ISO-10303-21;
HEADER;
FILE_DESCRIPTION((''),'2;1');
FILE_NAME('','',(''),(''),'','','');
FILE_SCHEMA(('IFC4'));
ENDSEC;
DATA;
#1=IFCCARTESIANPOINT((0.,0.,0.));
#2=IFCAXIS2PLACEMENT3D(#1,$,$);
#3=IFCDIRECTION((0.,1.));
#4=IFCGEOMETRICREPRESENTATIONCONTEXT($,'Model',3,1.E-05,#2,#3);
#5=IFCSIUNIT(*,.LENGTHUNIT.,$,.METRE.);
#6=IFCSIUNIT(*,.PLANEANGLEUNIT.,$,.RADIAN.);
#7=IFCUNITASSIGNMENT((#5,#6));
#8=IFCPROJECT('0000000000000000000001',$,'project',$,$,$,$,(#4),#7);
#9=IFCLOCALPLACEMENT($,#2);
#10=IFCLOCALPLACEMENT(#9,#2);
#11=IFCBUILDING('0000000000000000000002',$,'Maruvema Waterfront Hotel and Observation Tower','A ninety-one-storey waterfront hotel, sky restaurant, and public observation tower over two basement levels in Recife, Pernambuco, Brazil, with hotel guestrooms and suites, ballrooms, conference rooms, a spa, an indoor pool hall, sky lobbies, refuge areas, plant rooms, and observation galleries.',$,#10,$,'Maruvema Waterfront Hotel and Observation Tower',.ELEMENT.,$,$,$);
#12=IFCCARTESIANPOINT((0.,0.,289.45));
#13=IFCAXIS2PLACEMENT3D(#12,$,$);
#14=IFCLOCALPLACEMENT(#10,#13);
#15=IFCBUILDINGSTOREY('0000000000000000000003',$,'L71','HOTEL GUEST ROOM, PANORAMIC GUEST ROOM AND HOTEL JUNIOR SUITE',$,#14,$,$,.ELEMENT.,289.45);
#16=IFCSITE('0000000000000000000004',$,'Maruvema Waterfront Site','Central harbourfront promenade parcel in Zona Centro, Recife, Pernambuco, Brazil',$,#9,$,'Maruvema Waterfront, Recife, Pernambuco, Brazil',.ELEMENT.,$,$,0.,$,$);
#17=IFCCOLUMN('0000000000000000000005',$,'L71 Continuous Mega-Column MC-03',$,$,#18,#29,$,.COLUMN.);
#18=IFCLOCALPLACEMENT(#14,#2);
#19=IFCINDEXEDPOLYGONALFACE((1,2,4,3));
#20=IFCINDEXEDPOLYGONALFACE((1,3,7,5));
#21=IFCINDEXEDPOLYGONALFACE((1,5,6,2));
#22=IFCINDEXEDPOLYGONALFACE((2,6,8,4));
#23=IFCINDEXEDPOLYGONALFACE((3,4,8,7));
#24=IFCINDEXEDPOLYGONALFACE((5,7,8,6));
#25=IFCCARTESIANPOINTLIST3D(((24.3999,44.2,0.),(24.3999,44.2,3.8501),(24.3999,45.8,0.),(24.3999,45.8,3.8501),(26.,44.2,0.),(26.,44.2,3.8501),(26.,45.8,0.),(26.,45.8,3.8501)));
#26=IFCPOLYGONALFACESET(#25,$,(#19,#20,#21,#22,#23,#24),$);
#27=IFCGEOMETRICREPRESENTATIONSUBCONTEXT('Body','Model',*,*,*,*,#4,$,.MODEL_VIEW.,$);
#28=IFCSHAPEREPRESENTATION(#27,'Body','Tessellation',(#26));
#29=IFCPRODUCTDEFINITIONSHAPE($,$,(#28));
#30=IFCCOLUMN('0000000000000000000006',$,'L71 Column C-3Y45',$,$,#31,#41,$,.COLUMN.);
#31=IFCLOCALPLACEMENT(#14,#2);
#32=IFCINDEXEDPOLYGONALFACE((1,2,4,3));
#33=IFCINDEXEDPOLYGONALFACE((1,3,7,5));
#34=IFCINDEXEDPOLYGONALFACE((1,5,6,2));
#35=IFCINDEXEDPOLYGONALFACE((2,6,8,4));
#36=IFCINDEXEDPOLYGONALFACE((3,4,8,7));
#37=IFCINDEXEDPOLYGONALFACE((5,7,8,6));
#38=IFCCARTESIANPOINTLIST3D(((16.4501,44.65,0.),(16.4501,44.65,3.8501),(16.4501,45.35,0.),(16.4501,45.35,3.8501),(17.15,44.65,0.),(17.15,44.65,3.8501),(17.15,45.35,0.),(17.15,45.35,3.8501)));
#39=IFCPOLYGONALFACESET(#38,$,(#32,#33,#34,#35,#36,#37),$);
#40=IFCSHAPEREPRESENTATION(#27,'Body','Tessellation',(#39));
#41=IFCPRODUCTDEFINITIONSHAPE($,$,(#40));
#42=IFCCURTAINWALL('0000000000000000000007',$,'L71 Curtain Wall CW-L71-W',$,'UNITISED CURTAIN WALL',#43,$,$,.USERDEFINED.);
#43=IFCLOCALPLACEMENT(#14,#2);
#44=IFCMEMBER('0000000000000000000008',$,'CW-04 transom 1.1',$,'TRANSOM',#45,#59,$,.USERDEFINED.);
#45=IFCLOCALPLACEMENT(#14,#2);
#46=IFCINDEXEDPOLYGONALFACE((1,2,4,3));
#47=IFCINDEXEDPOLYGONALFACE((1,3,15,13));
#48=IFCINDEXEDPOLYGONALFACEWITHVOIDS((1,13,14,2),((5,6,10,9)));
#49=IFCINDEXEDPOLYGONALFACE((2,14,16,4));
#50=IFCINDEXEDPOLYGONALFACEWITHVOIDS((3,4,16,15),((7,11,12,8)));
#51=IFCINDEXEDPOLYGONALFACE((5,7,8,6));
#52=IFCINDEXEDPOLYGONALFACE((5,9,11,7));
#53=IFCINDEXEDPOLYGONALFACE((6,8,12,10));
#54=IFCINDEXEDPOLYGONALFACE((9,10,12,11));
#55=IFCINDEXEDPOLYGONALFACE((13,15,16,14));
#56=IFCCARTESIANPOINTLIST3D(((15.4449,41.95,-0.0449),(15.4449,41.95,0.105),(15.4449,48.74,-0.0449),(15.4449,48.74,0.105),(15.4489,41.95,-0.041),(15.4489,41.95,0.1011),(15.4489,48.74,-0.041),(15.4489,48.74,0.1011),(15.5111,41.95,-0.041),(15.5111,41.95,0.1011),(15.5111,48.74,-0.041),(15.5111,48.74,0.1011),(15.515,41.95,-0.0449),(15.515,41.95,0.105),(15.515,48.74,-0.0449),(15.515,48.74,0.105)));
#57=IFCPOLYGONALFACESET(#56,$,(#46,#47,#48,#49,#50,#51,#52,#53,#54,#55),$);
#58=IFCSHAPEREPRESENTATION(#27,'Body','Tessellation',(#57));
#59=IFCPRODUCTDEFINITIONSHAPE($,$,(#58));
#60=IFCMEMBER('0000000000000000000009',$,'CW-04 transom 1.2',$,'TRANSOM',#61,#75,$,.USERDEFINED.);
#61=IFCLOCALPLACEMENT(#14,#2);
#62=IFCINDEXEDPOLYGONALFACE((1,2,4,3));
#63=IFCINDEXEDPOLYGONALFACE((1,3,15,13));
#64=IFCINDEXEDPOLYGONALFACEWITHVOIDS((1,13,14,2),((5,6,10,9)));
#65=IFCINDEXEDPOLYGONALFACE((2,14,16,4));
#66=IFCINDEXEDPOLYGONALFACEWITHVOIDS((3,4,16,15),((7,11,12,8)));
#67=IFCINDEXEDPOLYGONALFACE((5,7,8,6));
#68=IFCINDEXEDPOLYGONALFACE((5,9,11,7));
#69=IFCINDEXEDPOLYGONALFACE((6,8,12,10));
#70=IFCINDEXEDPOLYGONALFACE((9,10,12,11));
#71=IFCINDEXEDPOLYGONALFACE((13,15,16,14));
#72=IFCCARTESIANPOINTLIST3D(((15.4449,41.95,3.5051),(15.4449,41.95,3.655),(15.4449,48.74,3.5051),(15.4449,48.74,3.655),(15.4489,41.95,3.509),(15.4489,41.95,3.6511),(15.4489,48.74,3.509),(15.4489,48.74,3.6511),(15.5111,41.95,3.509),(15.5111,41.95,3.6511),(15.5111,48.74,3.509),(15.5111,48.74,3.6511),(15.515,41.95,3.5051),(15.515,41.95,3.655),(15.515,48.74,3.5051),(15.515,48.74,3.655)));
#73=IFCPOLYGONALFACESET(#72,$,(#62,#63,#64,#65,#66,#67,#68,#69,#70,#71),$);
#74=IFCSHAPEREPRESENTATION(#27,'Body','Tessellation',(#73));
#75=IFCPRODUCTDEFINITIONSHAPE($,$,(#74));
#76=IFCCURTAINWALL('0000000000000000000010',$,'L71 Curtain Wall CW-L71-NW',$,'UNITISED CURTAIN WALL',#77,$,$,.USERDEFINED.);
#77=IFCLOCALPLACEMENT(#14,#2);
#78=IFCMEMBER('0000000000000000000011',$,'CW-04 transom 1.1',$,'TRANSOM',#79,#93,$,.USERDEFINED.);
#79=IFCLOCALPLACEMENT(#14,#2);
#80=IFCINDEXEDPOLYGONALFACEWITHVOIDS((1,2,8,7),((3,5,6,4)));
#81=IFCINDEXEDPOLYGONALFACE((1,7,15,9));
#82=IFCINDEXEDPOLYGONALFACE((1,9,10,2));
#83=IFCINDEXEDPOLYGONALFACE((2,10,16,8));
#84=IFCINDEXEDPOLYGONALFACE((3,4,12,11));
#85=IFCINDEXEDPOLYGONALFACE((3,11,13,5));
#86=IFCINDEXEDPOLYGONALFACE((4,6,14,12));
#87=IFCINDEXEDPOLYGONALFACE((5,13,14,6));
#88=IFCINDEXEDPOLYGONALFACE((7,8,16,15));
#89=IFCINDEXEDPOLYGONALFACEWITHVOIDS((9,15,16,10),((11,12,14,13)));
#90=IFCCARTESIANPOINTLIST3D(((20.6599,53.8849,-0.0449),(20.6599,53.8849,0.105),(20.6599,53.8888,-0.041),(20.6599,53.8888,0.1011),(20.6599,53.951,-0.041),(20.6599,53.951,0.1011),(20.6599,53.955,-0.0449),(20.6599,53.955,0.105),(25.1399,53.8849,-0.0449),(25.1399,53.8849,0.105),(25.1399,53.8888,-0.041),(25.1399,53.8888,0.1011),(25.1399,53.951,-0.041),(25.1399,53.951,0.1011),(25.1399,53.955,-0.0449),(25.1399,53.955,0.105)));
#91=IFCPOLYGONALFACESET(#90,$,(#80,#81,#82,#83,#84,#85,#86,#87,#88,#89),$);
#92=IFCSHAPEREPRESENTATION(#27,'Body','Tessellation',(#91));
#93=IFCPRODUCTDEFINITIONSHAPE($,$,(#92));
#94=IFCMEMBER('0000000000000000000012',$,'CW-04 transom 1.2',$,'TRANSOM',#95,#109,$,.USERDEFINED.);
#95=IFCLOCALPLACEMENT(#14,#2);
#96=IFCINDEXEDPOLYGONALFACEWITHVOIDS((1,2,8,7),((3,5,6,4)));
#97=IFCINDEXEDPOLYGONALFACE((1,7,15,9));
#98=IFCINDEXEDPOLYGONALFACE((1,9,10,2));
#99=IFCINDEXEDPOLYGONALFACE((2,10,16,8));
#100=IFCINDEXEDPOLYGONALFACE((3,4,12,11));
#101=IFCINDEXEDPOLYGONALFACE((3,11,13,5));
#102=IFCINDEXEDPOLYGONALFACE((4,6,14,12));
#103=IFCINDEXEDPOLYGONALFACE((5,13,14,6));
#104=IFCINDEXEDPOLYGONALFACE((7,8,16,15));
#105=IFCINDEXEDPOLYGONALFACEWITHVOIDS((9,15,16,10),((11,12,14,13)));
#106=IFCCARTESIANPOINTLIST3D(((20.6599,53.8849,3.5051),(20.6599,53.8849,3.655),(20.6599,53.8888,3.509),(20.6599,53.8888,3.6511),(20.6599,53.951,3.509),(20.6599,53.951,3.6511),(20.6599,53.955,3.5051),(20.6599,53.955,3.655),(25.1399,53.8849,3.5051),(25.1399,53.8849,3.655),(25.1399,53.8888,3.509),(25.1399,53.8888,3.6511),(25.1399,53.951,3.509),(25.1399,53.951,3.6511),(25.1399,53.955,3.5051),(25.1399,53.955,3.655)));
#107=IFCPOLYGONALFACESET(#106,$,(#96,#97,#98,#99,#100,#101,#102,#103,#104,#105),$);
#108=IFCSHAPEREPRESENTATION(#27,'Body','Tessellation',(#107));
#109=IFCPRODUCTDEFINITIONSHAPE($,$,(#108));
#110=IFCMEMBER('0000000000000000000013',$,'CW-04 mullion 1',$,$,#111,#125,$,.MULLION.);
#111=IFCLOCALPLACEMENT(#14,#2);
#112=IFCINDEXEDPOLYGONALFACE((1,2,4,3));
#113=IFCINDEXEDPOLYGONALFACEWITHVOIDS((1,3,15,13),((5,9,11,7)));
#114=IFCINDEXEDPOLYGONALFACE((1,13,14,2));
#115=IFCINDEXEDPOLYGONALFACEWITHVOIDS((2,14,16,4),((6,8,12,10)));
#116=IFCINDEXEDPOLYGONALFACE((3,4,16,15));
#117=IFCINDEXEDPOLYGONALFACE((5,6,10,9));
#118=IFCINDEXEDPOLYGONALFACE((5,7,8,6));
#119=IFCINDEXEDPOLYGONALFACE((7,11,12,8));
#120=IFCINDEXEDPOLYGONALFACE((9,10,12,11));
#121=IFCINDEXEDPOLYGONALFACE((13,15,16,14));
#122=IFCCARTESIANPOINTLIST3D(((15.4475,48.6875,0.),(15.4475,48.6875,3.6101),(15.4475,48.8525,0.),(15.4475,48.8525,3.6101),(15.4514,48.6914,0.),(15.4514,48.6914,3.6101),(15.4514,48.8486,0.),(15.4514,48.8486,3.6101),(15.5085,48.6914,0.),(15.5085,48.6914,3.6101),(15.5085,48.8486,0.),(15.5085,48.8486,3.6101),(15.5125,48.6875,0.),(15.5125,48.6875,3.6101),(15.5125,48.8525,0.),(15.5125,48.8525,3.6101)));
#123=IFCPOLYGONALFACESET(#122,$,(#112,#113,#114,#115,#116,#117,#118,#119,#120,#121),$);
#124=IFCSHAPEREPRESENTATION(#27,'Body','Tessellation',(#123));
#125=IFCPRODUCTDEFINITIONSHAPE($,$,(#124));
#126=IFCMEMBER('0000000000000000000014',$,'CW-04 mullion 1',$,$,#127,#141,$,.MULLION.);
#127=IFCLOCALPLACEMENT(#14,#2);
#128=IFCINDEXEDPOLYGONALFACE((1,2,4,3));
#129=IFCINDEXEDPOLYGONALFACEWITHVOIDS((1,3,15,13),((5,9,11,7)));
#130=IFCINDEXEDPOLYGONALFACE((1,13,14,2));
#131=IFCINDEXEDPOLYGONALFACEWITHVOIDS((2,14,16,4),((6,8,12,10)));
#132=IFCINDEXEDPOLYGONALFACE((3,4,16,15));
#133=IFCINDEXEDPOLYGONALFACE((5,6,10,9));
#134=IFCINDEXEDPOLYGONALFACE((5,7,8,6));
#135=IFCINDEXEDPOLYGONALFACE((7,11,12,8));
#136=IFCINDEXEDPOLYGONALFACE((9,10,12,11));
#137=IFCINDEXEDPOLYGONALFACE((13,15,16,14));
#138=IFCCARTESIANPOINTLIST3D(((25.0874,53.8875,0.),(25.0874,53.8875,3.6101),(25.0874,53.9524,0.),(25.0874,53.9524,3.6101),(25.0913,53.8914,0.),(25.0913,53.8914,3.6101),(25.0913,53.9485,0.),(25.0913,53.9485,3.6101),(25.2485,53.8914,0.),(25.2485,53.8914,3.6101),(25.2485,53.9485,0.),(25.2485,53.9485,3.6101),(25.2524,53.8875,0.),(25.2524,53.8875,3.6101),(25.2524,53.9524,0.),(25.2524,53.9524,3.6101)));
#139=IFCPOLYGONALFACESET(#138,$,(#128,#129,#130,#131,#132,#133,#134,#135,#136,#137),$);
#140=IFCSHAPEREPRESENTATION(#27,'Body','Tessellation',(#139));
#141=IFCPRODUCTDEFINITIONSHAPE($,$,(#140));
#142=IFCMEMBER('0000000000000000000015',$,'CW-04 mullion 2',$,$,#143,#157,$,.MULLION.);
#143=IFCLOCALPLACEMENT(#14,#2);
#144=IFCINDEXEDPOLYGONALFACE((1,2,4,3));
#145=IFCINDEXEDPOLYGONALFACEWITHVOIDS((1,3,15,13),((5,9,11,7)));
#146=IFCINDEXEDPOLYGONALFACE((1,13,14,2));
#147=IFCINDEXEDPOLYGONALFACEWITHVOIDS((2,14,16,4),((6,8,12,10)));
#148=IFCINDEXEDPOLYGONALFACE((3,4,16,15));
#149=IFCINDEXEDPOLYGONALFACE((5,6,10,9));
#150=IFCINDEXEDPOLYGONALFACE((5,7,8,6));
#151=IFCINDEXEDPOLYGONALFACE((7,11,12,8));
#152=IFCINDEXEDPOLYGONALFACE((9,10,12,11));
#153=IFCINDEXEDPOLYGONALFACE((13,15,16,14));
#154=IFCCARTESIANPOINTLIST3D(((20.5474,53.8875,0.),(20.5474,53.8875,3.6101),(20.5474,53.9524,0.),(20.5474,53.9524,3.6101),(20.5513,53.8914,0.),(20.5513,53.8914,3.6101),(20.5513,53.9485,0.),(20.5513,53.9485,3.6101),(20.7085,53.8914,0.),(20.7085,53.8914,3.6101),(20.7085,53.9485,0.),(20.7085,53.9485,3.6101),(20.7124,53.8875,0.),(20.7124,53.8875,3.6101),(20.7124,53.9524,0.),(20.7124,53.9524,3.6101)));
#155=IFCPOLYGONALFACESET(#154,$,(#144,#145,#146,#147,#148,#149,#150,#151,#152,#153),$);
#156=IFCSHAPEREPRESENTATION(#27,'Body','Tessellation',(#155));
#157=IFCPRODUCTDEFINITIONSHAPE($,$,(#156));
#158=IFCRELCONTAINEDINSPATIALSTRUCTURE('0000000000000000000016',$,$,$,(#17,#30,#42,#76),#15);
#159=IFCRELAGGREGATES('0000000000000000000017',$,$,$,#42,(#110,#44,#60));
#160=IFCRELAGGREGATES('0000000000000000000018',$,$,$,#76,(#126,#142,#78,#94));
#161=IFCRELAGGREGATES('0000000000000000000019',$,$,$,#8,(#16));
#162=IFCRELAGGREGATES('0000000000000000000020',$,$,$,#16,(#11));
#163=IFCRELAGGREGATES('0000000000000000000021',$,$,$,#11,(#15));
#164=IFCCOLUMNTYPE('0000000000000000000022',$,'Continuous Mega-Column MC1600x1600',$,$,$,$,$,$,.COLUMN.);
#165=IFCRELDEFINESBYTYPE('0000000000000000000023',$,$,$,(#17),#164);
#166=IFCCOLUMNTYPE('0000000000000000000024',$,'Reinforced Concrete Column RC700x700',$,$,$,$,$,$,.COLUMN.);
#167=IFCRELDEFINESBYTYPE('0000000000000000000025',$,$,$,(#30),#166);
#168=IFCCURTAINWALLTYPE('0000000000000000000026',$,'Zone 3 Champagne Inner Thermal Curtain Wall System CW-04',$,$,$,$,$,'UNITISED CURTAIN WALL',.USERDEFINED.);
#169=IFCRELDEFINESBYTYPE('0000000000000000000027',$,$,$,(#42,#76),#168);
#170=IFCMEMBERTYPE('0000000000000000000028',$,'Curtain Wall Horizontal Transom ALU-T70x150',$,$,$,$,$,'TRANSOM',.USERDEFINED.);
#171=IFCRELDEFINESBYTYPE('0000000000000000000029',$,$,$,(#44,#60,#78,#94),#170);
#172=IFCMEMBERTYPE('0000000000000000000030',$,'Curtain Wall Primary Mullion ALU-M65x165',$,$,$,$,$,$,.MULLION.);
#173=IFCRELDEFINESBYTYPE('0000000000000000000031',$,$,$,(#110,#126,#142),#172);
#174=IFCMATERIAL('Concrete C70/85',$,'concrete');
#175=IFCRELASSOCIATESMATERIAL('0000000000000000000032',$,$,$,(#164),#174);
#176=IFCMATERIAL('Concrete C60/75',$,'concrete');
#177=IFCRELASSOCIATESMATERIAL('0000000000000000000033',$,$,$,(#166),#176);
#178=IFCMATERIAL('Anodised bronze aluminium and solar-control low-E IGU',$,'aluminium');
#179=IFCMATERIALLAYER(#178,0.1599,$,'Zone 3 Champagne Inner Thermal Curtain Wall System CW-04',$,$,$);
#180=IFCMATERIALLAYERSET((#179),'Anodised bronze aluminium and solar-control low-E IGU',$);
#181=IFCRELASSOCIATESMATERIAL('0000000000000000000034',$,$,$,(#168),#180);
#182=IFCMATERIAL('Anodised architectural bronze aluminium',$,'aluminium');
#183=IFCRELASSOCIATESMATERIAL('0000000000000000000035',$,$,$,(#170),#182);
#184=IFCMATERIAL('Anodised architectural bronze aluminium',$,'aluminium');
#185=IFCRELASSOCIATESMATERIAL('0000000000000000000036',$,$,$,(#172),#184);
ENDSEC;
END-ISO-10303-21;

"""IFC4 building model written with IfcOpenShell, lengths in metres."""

from ifc_helpers import new_model, si_unit, direction, frame, origin, origin_2d, place, context, subcontext, project, spatial, rectangle, hollow_rectangle, extrude, material, layer, layer_set, material_profile, profile_set, type_object, element, aggregate, save


model = new_model("IFC4")

# Units and contexts
model_context = context("Model", 3, precision=1e-05, world=origin(), true_north=direction((0.0, 1.0)))
body_context = subcontext(model_context, "Body", "Model", "MODEL_VIEW")
ifc_project = project(units=[si_unit("LENGTHUNIT", "METRE"), si_unit("PLANEANGLEUNIT", "RADIAN")], contexts=[model_context])

# Site, building, storey
site_placement = place(None, origin())
site = spatial("IfcSite", under=ifc_project, at=site_placement, Name="Maruvema Waterfront Site", Description="Central harbourfront promenade parcel in Zona Centro, Recife, Pernambuco, Brazil", LongName="Maruvema Waterfront, Recife, Pernambuco, Brazil", CompositionType="ELEMENT", RefElevation=0.0)
building_placement = place(site_placement, origin())
building = spatial("IfcBuilding", under=site, at=building_placement, Name="Maruvema Waterfront Hotel and Observation Tower", Description="A ninety-one-storey waterfront hotel, sky restaurant, and public observation tower over two basement levels in Recife, Pernambuco, Brazil, with hotel guestrooms and suites, ballrooms, conference rooms, a spa, an indoor pool hall, sky lobbies, refuge areas, plant rooms, and observation galleries.", LongName="Maruvema Waterfront Hotel and Observation Tower", CompositionType="ELEMENT")
storey_placement = place(building_placement, frame((0.0, 0.0, 289.45)))
storey = spatial("IfcBuildingStorey", under=building, at=storey_placement, Name="L71", Description="HOTEL GUEST ROOM, PANORAMIC GUEST ROOM AND HOTEL JUNIOR SUITE", CompositionType="ELEMENT", Elevation=289.45)

# Columns
ifc_material_1 = material(Name="Concrete C70/85", Category="concrete")
ifc_material_profile_1 = material_profile(ifc_material_1, rectangle(XDim=1.6001, YDim=1.6001, at=origin_2d()), Name="MC1600x1600")
ifc_profile_set_1 = profile_set([ifc_material_profile_1], Name="Concrete C70/85")
column_type_1 = type_object("IfcColumnType", Name="Continuous Mega-Column MC1600x1600", PredefinedType="COLUMN", material=ifc_profile_set_1)
column_1_placement = place(storey_placement, frame((25.2, 45.0, 0.0), z_axis=(0.0, 0.0, 1.0), x_axis=(1.0, 0.0, 0.0)))
element("IfcColumn", 1, at=column_1_placement, inside=storey, type_object=column_type_1, Name="L71 Continuous Mega-Column MC-03", PredefinedType="COLUMN", context=body_context, shape_type="SweptSolid", body=[
    extrude(rectangle(XDim=1.6001, YDim=1.6001, at=origin_2d()), origin(), (0.0, 0.0, 1.0), 3.8501),
])
ifc_material_2 = material(Name="Concrete C60/75", Category="concrete")
ifc_material_profile_2 = material_profile(ifc_material_2, rectangle(XDim=0.7, YDim=0.7, at=origin_2d()), Name="RC700x700")
ifc_profile_set_2 = profile_set([ifc_material_profile_2], Name="Concrete C60/75")
column_type_2 = type_object("IfcColumnType", Name="Reinforced Concrete Column RC700x700", PredefinedType="COLUMN", material=ifc_profile_set_2)
column_2_placement = place(storey_placement, frame((16.8, 45.0, 0.0), z_axis=(0.0, 0.0, 1.0), x_axis=(1.0, 0.0, 0.0)))
element("IfcColumn", 2, at=column_2_placement, inside=storey, type_object=column_type_2, Name="L71 Column C-3Y45", PredefinedType="COLUMN", context=body_context, shape_type="SweptSolid", body=[
    extrude(rectangle(XDim=0.7, YDim=0.7, at=origin_2d()), origin(), (0.0, 0.0, 1.0), 3.8501),
])

# Curtain walls, members
ifc_material_3 = material(Name="Anodised bronze aluminium and solar-control low-E IGU", Category="aluminium")
ifc_layer_1 = layer(ifc_material_3, 0.1599, Name="Zone 3 Champagne Inner Thermal Curtain Wall System CW-04")
ifc_layer_set_1 = layer_set([ifc_layer_1], Name="Anodised bronze aluminium and solar-control low-E IGU")
curtain_wall_type = type_object("IfcCurtainWallType", Name="Zone 3 Champagne Inner Thermal Curtain Wall System CW-04", ElementType="UNITISED CURTAIN WALL", PredefinedType="USERDEFINED", material=ifc_layer_set_1)
curtain_wall_1_placement = place(storey_placement, origin())
curtain_wall_1 = element("IfcCurtainWall", 3, at=curtain_wall_1_placement, inside=storey, type_object=curtain_wall_type, Name="L71 Curtain Wall CW-L71-W", ObjectType="UNITISED CURTAIN WALL", PredefinedType="USERDEFINED")
ifc_material_4 = material(Name="Anodised architectural bronze aluminium", Category="aluminium")
ifc_material_profile_3 = material_profile(ifc_material_4, hollow_rectangle(XDim=0.0701, YDim=0.1499, WallThickness=0.0039, at=origin_2d()), Name="ALU-T70x150")
ifc_profile_set_3 = profile_set([ifc_material_profile_3], Name="Anodised architectural bronze aluminium")
member_type_1 = type_object("IfcMemberType", Name="Curtain Wall Horizontal Transom ALU-T70x150", ElementType="TRANSOM", PredefinedType="USERDEFINED", material=ifc_profile_set_3)
member_1_placement = place(storey_placement, frame((15.48, 48.74, 0.03), z_axis=(0.0, -1.0, 0.0), x_axis=(1.0, 0.0, 0.0)))
member_1 = element("IfcMember", 4, at=member_1_placement, type_object=member_type_1, Name="CW-04 transom 1.1", ObjectType="TRANSOM", PredefinedType="USERDEFINED", context=body_context, shape_type="SweptSolid", body=[
    extrude(hollow_rectangle(XDim=0.0701, YDim=0.1499, WallThickness=0.0039, at=origin_2d()), origin(), (0.0, 0.0, 1.0), 6.79),
])
member_2_placement = place(storey_placement, frame((15.48, 48.74, 3.5801), z_axis=(0.0, -1.0, 0.0), x_axis=(1.0, 0.0, 0.0)))
member_2 = element("IfcMember", 5, at=member_2_placement, type_object=member_type_1, Name="CW-04 transom 1.2", ObjectType="TRANSOM", PredefinedType="USERDEFINED", context=body_context, shape_type="SweptSolid", body=[
    extrude(hollow_rectangle(XDim=0.0701, YDim=0.1499, WallThickness=0.0039, at=origin_2d()), origin(), (0.0, 0.0, 1.0), 6.79),
])
curtain_wall_2_placement = place(storey_placement, origin())
curtain_wall_2 = element("IfcCurtainWall", 6, at=curtain_wall_2_placement, inside=storey, type_object=curtain_wall_type, Name="L71 Curtain Wall CW-L71-NW", ObjectType="UNITISED CURTAIN WALL", PredefinedType="USERDEFINED")
member_3_placement = place(storey_placement, frame((25.1399, 53.9199, 0.03), z_axis=(-1.0, 0.0, 0.0), x_axis=(0.0, -1.0, 0.0)))
member_3 = element("IfcMember", 7, at=member_3_placement, type_object=member_type_1, Name="CW-04 transom 1.1", ObjectType="TRANSOM", PredefinedType="USERDEFINED", context=body_context, shape_type="SweptSolid", body=[
    extrude(hollow_rectangle(XDim=0.0701, YDim=0.1499, WallThickness=0.0039, at=origin_2d()), origin(), (0.0, 0.0, 1.0), 4.48),
])
member_4_placement = place(storey_placement, frame((25.1399, 53.9199, 3.5801), z_axis=(-1.0, 0.0, 0.0), x_axis=(0.0, -1.0, 0.0)))
member_4 = element("IfcMember", 8, at=member_4_placement, type_object=member_type_1, Name="CW-04 transom 1.2", ObjectType="TRANSOM", PredefinedType="USERDEFINED", context=body_context, shape_type="SweptSolid", body=[
    extrude(hollow_rectangle(XDim=0.0701, YDim=0.1499, WallThickness=0.0039, at=origin_2d()), origin(), (0.0, 0.0, 1.0), 4.48),
])

# Members
ifc_material_5 = material(Name="Anodised architectural bronze aluminium", Category="aluminium")
ifc_material_profile_4 = material_profile(ifc_material_5, hollow_rectangle(XDim=0.0649, YDim=0.165, WallThickness=0.0039, at=origin_2d()), Name="ALU-M65x165")
ifc_profile_set_4 = profile_set([ifc_material_profile_4], Name="Anodised architectural bronze aluminium")
member_type_2 = type_object("IfcMemberType", Name="Curtain Wall Primary Mullion ALU-M65x165", PredefinedType="MULLION", material=ifc_profile_set_4)
member_5_placement = place(storey_placement, frame((15.48, 48.77, 0.0), z_axis=(0.0, 0.0, 1.0), x_axis=(1.0, 0.0, 0.0)))
member_5 = element("IfcMember", 9, at=member_5_placement, type_object=member_type_2, Name="CW-04 mullion 1", PredefinedType="MULLION", context=body_context, shape_type="SweptSolid", body=[
    extrude(hollow_rectangle(XDim=0.0649, YDim=0.165, WallThickness=0.0039, at=origin_2d()), origin(), (0.0, 0.0, 1.0), 3.6101),
])
member_6_placement = place(storey_placement, frame((25.1699, 53.9199, 0.0), z_axis=(0.0, 0.0, 1.0), x_axis=(0.0, -1.0, 0.0)))
member_6 = element("IfcMember", 10, at=member_6_placement, type_object=member_type_2, Name="CW-04 mullion 1", PredefinedType="MULLION", context=body_context, shape_type="SweptSolid", body=[
    extrude(hollow_rectangle(XDim=0.0649, YDim=0.165, WallThickness=0.0039, at=origin_2d()), origin(), (0.0, 0.0, 1.0), 3.6101),
])
member_7_placement = place(storey_placement, frame((20.6299, 53.9199, 0.0), z_axis=(0.0, 0.0, 1.0), x_axis=(0.0, -1.0, 0.0)))
member_7 = element("IfcMember", 11, at=member_7_placement, type_object=member_type_2, Name="CW-04 mullion 2", PredefinedType="MULLION", context=body_context, shape_type="SweptSolid", body=[
    extrude(hollow_rectangle(XDim=0.0649, YDim=0.165, WallThickness=0.0039, at=origin_2d()), origin(), (0.0, 0.0, 1.0), 3.6101),
])

aggregate(curtain_wall_1, [member_5, member_1, member_2])
aggregate(curtain_wall_2, [member_6, member_7, member_3, member_4])

save(model, "model.ifc")
